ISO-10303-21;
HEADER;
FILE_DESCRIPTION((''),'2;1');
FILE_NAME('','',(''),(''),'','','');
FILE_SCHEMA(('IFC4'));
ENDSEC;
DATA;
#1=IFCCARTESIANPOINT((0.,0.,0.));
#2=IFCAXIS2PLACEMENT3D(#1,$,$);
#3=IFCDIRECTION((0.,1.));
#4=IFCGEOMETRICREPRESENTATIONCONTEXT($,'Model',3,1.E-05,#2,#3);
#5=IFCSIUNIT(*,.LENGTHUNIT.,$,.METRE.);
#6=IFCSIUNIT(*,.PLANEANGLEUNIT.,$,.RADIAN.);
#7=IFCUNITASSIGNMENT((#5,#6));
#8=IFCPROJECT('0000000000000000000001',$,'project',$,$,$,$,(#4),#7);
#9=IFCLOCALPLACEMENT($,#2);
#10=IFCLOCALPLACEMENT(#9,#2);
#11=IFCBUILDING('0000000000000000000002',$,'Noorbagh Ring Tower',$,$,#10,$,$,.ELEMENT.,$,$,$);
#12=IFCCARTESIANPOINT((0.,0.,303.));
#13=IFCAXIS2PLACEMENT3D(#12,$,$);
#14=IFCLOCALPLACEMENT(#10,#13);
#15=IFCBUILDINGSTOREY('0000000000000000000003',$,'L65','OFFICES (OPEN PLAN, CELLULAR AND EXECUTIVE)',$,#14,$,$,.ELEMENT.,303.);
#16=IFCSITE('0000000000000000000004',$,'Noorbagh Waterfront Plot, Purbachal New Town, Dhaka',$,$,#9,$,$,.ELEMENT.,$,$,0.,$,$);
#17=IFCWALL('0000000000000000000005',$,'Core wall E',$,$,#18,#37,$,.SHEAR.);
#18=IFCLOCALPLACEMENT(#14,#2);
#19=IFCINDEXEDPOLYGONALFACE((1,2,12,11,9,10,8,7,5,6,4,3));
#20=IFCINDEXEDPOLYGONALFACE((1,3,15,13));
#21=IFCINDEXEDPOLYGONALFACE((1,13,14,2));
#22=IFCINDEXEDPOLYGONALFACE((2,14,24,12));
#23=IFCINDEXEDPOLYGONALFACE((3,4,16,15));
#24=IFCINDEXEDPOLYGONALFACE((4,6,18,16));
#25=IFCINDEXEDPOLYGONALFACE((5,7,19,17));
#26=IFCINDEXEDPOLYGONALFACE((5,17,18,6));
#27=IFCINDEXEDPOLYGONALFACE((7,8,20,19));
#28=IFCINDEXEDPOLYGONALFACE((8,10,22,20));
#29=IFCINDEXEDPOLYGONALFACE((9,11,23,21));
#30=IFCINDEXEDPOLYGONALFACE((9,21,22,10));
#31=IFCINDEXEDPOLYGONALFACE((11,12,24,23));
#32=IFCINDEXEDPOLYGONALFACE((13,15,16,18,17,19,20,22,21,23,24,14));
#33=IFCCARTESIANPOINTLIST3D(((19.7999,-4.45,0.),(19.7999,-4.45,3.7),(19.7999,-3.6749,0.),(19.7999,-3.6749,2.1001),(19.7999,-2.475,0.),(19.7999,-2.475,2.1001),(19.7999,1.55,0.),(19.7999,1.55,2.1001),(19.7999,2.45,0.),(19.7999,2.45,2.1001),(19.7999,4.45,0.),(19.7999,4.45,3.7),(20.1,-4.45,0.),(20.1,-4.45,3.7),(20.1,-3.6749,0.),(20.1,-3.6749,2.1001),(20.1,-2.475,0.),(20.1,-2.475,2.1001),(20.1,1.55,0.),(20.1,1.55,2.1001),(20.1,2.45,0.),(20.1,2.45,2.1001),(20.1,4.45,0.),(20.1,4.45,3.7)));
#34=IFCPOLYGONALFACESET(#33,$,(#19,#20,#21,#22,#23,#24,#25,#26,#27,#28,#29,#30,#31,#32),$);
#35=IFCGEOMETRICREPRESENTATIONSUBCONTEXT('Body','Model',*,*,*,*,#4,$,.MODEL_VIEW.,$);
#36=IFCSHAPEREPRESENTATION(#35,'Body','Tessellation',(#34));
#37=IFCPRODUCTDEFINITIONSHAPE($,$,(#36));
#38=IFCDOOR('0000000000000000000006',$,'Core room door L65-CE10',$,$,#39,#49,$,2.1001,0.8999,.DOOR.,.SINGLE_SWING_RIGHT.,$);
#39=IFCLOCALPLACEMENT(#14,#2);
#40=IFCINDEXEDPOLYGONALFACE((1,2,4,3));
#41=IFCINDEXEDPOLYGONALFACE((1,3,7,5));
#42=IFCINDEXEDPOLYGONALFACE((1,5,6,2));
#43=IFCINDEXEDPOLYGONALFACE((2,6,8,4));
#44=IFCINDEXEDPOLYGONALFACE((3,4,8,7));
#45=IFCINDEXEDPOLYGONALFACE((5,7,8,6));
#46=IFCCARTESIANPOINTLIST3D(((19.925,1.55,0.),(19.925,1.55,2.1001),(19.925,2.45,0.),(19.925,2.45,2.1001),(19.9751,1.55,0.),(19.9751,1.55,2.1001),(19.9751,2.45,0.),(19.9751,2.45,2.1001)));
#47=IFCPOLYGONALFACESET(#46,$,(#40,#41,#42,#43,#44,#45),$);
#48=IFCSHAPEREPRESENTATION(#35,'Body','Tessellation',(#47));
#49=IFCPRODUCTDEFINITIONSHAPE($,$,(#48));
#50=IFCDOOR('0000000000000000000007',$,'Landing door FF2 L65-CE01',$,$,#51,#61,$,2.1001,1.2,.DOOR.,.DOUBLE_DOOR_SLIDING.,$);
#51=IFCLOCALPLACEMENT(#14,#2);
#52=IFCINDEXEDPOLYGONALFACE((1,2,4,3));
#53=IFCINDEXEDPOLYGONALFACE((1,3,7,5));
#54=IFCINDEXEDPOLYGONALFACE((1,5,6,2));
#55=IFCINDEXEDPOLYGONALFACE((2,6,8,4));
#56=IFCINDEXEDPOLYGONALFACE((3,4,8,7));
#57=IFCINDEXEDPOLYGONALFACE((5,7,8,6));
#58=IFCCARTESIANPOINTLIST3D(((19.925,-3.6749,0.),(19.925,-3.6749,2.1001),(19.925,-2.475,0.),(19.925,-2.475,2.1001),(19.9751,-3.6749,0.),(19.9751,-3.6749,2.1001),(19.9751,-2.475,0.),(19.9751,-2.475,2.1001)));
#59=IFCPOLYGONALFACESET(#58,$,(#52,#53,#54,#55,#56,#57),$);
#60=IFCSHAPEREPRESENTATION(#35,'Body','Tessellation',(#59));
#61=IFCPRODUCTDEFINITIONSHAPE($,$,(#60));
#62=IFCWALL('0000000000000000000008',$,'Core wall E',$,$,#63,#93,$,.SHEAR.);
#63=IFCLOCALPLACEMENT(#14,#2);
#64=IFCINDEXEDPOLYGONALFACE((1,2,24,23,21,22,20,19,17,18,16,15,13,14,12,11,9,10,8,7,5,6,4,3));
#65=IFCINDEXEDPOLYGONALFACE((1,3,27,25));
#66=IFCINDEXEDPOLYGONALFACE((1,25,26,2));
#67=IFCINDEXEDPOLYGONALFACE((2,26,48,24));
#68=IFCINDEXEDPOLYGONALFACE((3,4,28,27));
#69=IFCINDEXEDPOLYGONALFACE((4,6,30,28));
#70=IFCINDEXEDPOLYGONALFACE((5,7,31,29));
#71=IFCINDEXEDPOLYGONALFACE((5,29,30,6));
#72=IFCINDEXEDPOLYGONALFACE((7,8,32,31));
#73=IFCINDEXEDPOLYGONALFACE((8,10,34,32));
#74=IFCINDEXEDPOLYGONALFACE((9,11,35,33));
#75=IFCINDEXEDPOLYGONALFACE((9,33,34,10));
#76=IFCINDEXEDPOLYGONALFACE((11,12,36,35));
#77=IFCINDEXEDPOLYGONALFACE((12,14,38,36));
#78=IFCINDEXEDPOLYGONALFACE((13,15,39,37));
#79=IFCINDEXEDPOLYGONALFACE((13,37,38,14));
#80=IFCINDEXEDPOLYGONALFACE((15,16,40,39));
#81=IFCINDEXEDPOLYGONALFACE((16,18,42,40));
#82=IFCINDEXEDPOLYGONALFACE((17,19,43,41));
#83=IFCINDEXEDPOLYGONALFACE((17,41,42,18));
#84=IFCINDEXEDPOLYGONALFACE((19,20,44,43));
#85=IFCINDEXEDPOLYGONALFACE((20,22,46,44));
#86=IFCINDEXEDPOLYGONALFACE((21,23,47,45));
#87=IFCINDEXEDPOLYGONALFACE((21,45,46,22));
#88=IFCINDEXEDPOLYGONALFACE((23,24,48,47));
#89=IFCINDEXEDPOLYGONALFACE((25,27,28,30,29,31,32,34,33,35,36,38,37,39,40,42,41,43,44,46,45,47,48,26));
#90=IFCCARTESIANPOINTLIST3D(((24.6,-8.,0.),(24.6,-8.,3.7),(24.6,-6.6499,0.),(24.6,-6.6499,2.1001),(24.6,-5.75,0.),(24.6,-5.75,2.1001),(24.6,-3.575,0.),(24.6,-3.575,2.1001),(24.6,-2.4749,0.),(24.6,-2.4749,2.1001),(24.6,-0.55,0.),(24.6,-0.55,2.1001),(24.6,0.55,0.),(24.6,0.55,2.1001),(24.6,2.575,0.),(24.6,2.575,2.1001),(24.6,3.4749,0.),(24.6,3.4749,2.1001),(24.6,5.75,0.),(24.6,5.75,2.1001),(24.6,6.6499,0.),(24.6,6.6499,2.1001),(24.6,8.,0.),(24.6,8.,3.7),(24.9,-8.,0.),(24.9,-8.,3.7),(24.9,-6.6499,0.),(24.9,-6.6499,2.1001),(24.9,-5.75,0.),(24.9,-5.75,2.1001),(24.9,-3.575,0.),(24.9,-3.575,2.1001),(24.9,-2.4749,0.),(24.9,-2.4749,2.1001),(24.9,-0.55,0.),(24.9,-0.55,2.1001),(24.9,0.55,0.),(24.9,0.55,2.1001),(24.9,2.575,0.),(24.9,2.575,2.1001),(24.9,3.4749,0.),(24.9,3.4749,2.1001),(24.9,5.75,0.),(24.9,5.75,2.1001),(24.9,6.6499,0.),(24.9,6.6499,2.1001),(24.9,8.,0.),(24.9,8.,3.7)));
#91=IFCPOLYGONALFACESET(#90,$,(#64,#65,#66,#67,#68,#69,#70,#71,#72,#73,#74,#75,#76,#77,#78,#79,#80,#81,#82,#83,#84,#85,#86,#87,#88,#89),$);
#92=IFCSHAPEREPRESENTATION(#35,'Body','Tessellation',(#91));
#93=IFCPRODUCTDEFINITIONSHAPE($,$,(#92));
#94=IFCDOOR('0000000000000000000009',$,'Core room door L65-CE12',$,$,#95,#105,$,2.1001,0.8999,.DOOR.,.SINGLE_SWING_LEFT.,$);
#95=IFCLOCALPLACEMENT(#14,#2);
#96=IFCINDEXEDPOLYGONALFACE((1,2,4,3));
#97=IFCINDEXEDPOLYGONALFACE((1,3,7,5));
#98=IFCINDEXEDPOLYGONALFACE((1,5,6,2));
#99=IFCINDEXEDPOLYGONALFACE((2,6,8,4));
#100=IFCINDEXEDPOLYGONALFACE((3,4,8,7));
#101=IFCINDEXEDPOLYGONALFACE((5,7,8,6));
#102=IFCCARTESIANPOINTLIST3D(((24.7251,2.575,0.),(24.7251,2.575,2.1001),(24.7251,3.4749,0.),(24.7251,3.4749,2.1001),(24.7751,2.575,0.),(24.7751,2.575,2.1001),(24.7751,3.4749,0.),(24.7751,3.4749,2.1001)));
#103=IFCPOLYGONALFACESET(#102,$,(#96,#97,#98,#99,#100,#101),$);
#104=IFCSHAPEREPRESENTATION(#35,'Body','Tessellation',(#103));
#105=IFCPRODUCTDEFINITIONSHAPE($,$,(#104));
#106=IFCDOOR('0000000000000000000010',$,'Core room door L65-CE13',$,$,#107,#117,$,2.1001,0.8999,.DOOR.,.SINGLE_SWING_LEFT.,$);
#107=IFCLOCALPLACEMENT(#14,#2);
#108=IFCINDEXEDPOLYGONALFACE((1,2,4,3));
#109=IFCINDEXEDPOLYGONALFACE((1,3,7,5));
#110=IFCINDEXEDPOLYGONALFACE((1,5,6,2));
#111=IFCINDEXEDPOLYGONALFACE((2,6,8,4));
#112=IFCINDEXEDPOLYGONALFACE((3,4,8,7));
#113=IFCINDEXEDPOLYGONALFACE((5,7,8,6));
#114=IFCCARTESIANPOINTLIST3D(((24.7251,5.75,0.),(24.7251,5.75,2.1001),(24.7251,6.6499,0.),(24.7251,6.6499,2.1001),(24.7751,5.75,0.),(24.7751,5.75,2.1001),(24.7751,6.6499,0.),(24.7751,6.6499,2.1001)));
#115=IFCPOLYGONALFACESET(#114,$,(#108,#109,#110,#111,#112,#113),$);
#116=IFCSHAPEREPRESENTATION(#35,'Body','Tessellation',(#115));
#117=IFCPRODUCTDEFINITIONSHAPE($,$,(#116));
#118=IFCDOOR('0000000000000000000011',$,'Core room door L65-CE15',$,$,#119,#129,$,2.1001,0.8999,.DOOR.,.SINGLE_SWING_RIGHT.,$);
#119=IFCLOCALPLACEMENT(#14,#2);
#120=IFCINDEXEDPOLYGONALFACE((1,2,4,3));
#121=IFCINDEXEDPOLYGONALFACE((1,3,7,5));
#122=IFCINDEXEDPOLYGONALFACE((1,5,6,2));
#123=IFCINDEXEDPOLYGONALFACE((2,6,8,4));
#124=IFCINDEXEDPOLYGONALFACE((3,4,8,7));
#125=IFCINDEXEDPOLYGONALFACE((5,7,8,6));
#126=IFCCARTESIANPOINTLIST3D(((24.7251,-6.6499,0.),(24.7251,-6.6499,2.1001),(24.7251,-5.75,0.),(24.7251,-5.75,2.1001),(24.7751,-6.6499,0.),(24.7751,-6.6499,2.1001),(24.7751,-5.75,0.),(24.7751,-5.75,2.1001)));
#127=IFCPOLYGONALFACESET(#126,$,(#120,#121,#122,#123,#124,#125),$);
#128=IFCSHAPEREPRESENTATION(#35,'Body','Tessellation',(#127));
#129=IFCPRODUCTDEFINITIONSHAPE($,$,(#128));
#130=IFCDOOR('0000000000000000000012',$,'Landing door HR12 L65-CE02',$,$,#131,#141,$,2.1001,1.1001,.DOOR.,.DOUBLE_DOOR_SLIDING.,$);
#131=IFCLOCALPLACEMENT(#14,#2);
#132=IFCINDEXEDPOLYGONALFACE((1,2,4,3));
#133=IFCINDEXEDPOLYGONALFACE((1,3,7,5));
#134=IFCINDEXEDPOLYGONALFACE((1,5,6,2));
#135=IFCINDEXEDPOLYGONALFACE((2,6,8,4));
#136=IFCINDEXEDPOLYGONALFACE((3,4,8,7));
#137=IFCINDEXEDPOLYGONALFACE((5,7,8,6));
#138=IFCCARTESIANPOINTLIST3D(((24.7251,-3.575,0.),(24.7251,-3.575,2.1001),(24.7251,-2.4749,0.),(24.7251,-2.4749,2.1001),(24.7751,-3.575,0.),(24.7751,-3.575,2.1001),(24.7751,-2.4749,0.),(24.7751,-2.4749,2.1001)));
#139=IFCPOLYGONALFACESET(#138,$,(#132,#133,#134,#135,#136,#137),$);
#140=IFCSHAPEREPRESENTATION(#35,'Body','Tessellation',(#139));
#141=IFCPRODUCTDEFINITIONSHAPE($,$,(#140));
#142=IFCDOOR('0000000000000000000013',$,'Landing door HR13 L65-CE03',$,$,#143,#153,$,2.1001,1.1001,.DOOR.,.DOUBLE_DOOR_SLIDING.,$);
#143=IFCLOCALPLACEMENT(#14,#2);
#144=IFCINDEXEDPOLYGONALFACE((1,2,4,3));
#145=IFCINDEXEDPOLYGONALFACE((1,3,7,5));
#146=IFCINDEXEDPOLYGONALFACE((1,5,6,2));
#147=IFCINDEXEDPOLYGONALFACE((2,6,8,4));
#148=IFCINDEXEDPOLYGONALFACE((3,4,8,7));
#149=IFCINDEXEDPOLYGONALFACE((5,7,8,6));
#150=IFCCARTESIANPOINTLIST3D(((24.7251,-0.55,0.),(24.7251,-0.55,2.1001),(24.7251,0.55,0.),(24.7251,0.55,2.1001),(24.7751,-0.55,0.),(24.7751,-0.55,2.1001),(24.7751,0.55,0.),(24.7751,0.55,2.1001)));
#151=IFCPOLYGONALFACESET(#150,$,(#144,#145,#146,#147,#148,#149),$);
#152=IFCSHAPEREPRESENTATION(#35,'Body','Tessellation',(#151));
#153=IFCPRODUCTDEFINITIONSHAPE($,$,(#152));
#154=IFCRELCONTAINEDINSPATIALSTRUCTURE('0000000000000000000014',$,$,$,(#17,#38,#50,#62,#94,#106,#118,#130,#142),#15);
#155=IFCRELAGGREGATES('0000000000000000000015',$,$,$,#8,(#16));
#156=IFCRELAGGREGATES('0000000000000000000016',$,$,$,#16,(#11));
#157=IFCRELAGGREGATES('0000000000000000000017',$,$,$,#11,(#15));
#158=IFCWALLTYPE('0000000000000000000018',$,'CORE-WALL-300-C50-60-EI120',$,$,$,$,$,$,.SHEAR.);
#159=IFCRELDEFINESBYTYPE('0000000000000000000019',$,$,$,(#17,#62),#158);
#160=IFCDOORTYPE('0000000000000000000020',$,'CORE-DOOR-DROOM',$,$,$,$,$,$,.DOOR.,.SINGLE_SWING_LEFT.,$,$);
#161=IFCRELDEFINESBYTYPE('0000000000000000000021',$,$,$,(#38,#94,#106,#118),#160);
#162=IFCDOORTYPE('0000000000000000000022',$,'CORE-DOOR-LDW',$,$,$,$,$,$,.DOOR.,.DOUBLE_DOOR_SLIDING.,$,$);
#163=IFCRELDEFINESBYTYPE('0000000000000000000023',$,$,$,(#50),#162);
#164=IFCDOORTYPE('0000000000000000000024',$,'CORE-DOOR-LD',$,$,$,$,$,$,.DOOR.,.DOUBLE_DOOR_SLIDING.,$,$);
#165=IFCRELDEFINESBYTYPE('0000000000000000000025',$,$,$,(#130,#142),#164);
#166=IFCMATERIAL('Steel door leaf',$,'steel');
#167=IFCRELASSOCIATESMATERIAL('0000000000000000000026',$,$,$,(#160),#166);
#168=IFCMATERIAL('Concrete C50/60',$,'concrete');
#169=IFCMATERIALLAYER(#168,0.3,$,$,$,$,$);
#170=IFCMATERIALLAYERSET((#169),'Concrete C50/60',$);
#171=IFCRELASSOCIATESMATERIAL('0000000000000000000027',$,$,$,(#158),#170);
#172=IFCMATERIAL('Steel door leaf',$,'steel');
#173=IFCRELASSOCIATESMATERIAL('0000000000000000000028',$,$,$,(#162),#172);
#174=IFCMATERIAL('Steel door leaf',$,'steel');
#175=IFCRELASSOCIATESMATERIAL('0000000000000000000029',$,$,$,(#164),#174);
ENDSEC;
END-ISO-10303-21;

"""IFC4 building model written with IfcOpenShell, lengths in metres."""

from ifc_helpers import new_model, si_unit, direction, frame, frame_2d, origin, place, context, subcontext, project, spatial, rectangle, extrude, material, layer, layer_set, type_object, element, fill, save


model = new_model("IFC4")

# Units and contexts
model_context = context("Model", 3, precision=1e-05, world=origin(), true_north=direction((0.0, 1.0)))
body_context = subcontext(model_context, "Body", "Model", "MODEL_VIEW")
ifc_project = project(units=[si_unit("LENGTHUNIT", "METRE"), si_unit("PLANEANGLEUNIT", "RADIAN")], contexts=[model_context])

# Site, building, storey
site_placement = place(None, origin())
site = spatial("IfcSite", under=ifc_project, at=site_placement, Name="Noorbagh Waterfront Plot, Purbachal New Town, Dhaka", CompositionType="ELEMENT", RefElevation=0.0)
building_placement = place(site_placement, origin())
building = spatial("IfcBuilding", under=site, at=building_placement, Name="Noorbagh Ring Tower", CompositionType="ELEMENT")
storey_placement = place(building_placement, frame((0.0, 0.0, 303.0)))
storey = spatial("IfcBuildingStorey", under=building, at=storey_placement, Name="L65", Description="OFFICES (OPEN PLAN, CELLULAR AND EXECUTIVE)", CompositionType="ELEMENT", Elevation=303.0)

# Shared definitions
ifc_material_1 = material(Name="Steel door leaf", Category="steel")
door_type_1 = type_object("IfcDoorType", Name="CORE-DOOR-DROOM", OperationType="SINGLE_SWING_LEFT", PredefinedType="DOOR", material=ifc_material_1)

# Shared definitions
ifc_material_2 = material(Name="Concrete C50/60", Category="concrete")
ifc_layer_1 = layer(ifc_material_2, 0.3)
ifc_layer_set_1 = layer_set([ifc_layer_1], Name="Concrete C50/60")
wall_type_1 = type_object("IfcWallType", Name="CORE-WALL-300-C50-60-EI120", PredefinedType="SHEAR", material=ifc_layer_set_1)

# Walls, openings, doors
wall_1_placement = place(storey_placement, frame((19.95, -4.45, 0.0), z_axis=(0.0, 0.0, 1.0), x_axis=(0.0, 1.0, 0.0)))
wall_1 = element("IfcWall", 1, at=wall_1_placement, inside=storey, type_object=wall_type_1, Name="Core wall E", PredefinedType="SHEAR", context=body_context, shape_type="SweptSolid", body=[
    extrude(rectangle(XDim=8.8999, YDim=0.3, at=frame_2d((4.45, 0.0))), origin(), (0.0, 0.0, 1.0), 3.7),
])
opening_1_placement = place(wall_1_placement, frame((0.7749, 0.0, 0.0)))
opening_1 = element("IfcOpeningElement", 2, at=opening_1_placement, cuts=wall_1, PredefinedType="OPENING", context=body_context, shape_type="SweptSolid", body=[
    extrude(rectangle(XDim=1.2, YDim=2.1001, at=frame_2d((0.6001, 1.05))), frame((0.0, 0.1602, 0.0), z_axis=(0.0, -1.0, 0.0), x_axis=(1.0, 0.0, 0.0)), (0.0, 0.0, 1.0), 0.3201),
])
opening_2_placement = place(wall_1_placement, frame((6.0, 0.0, 0.0)))
opening_2 = element("IfcOpeningElement", 3, at=opening_2_placement, cuts=wall_1, PredefinedType="OPENING", context=body_context, shape_type="SweptSolid", body=[
    extrude(rectangle(XDim=0.8999, YDim=2.1001, at=frame_2d((0.45, 1.05))), frame((0.0, 0.1602, 0.0), z_axis=(0.0, -1.0, 0.0), x_axis=(1.0, 0.0, 0.0)), (0.0, 0.0, 1.0), 0.3201),
])
door_1_placement = place(opening_2_placement, origin())
door_1 = element("IfcDoor", 4, at=door_1_placement, inside=storey, type_object=door_type_1, Name="Core room door L65-CE10", OperationType="SINGLE_SWING_RIGHT", OverallHeight=2.1001, OverallWidth=0.8999, PredefinedType="DOOR", context=body_context, shape_type="SweptSolid", body=[
    extrude(rectangle(XDim=0.8999, YDim=2.1001, at=frame_2d((0.45, 1.05))), frame((0.0, 0.0249, 0.0), z_axis=(0.0, -1.0, 0.0), x_axis=(1.0, 0.0, 0.0)), (0.0, 0.0, 1.0), 0.05),
])
fill(opening_2, door_1)
ifc_material_3 = material(Name="Steel door leaf", Category="steel")
door_type_2 = type_object("IfcDoorType", Name="CORE-DOOR-LDW", OperationType="DOUBLE_DOOR_SLIDING", PredefinedType="DOOR", material=ifc_material_3)
door_2_placement = place(opening_1_placement, origin())
door_2 = element("IfcDoor", 5, at=door_2_placement, inside=storey, type_object=door_type_2, Name="Landing door FF2 L65-CE01", OperationType="DOUBLE_DOOR_SLIDING", OverallHeight=2.1001, OverallWidth=1.2, PredefinedType="DOOR", context=body_context, shape_type="SweptSolid", body=[
    extrude(rectangle(XDim=1.2, YDim=2.1001, at=frame_2d((0.6001, 1.05))), frame((0.0, 0.0249, 0.0), z_axis=(0.0, -1.0, 0.0), x_axis=(1.0, 0.0, 0.0)), (0.0, 0.0, 1.0), 0.05),
])
fill(opening_1, door_2)
wall_2_placement = place(storey_placement, frame((24.75, -8.0, 0.0), z_axis=(0.0, 0.0, 1.0), x_axis=(0.0, 1.0, 0.0)))
wall_2 = element("IfcWall", 6, at=wall_2_placement, inside=storey, type_object=wall_type_1, Name="Core wall E", PredefinedType="SHEAR", context=body_context, shape_type="SweptSolid", body=[
    extrude(rectangle(XDim=16.0, YDim=0.3, at=frame_2d((8.0, 0.0))), origin(), (0.0, 0.0, 1.0), 3.7),
])
opening_3_placement = place(wall_2_placement, frame((4.425, 0.0, 0.0)))
opening_3 = element("IfcOpeningElement", 7, at=opening_3_placement, cuts=wall_2, PredefinedType="OPENING", context=body_context, shape_type="SweptSolid", body=[
    extrude(rectangle(XDim=1.1001, YDim=2.1001, at=frame_2d((0.55, 1.05))), frame((0.0, 0.1602, 0.0), z_axis=(0.0, -1.0, 0.0), x_axis=(1.0, 0.0, 0.0)), (0.0, 0.0, 1.0), 0.3201),
])
opening_4_placement = place(wall_2_placement, frame((7.45, 0.0, 0.0)))
opening_4 = element("IfcOpeningElement", 8, at=opening_4_placement, cuts=wall_2, PredefinedType="OPENING", context=body_context, shape_type="SweptSolid", body=[
    extrude(rectangle(XDim=1.1001, YDim=2.1001, at=frame_2d((0.55, 1.05))), frame((0.0, 0.1602, 0.0), z_axis=(0.0, -1.0, 0.0), x_axis=(1.0, 0.0, 0.0)), (0.0, 0.0, 1.0), 0.3201),
])
opening_5_placement = place(wall_2_placement, frame((10.575, 0.0, 0.0)))
opening_5 = element("IfcOpeningElement", 9, at=opening_5_placement, cuts=wall_2, PredefinedType="OPENING", context=body_context, shape_type="SweptSolid", body=[
    extrude(rectangle(XDim=0.8999, YDim=2.1001, at=frame_2d((0.45, 1.05))), frame((0.0, 0.1602, 0.0), z_axis=(0.0, -1.0, 0.0), x_axis=(1.0, 0.0, 0.0)), (0.0, 0.0, 1.0), 0.3201),
])
opening_6_placement = place(wall_2_placement, frame((13.75, 0.0, 0.0)))
opening_6 = element("IfcOpeningElement", 10, at=opening_6_placement, cuts=wall_2, PredefinedType="OPENING", context=body_context, shape_type="SweptSolid", body=[
    extrude(rectangle(XDim=0.8999, YDim=2.1001, at=frame_2d((0.45, 1.05))), frame((0.0, 0.1602, 0.0), z_axis=(0.0, -1.0, 0.0), x_axis=(1.0, 0.0, 0.0)), (0.0, 0.0, 1.0), 0.3201),
])
opening_7_placement = place(wall_2_placement, frame((1.3501, 0.0, 0.0)))
opening_7 = element("IfcOpeningElement", 11, at=opening_7_placement, cuts=wall_2, PredefinedType="OPENING", context=body_context, shape_type="SweptSolid", body=[
    extrude(rectangle(XDim=0.8999, YDim=2.1001, at=frame_2d((0.45, 1.05))), frame((0.0, 0.1602, 0.0), z_axis=(0.0, -1.0, 0.0), x_axis=(1.0, 0.0, 0.0)), (0.0, 0.0, 1.0), 0.3201),
])
door_3_placement = place(opening_5_placement, origin())
door_3 = element("IfcDoor", 12, at=door_3_placement, inside=storey, type_object=door_type_1, Name="Core room door L65-CE12", OperationType="SINGLE_SWING_LEFT", OverallHeight=2.1001, OverallWidth=0.8999, PredefinedType="DOOR", context=body_context, shape_type="SweptSolid", body=[
    extrude(rectangle(XDim=0.8999, YDim=2.1001, at=frame_2d((0.45, 1.05))), frame((0.0, 0.0249, 0.0), z_axis=(0.0, -1.0, 0.0), x_axis=(1.0, 0.0, 0.0)), (0.0, 0.0, 1.0), 0.05),
])
fill(opening_5, door_3)
door_4_placement = place(opening_6_placement, origin())
door_4 = element("IfcDoor", 13, at=door_4_placement, inside=storey, type_object=door_type_1, Name="Core room door L65-CE13", OperationType="SINGLE_SWING_LEFT", OverallHeight=2.1001, OverallWidth=0.8999, PredefinedType="DOOR", context=body_context, shape_type="SweptSolid", body=[
    extrude(rectangle(XDim=0.8999, YDim=2.1001, at=frame_2d((0.45, 1.05))), frame((0.0, 0.0249, 0.0), z_axis=(0.0, -1.0, 0.0), x_axis=(1.0, 0.0, 0.0)), (0.0, 0.0, 1.0), 0.05),
])
fill(opening_6, door_4)
door_5_placement = place(opening_7_placement, origin())
door_5 = element("IfcDoor", 14, at=door_5_placement, inside=storey, type_object=door_type_1, Name="Core room door L65-CE15", OperationType="SINGLE_SWING_RIGHT", OverallHeight=2.1001, OverallWidth=0.8999, PredefinedType="DOOR", context=body_context, shape_type="SweptSolid", body=[
    extrude(rectangle(XDim=0.8999, YDim=2.1001, at=frame_2d((0.45, 1.05))), frame((0.0, 0.0249, 0.0), z_axis=(0.0, -1.0, 0.0), x_axis=(1.0, 0.0, 0.0)), (0.0, 0.0, 1.0), 0.05),
])
fill(opening_7, door_5)
ifc_material_4 = material(Name="Steel door leaf", Category="steel")
door_type_3 = type_object("IfcDoorType", Name="CORE-DOOR-LD", OperationType="DOUBLE_DOOR_SLIDING", PredefinedType="DOOR", material=ifc_material_4)
door_6_placement = place(opening_3_placement, origin())
door_6 = element("IfcDoor", 15, at=door_6_placement, inside=storey, type_object=door_type_3, Name="Landing door HR12 L65-CE02", OperationType="DOUBLE_DOOR_SLIDING", OverallHeight=2.1001, OverallWidth=1.1001, PredefinedType="DOOR", context=body_context, shape_type="SweptSolid", body=[
    extrude(rectangle(XDim=1.1001, YDim=2.1001, at=frame_2d((0.55, 1.05))), frame((0.0, 0.0249, 0.0), z_axis=(0.0, -1.0, 0.0), x_axis=(1.0, 0.0, 0.0)), (0.0, 0.0, 1.0), 0.05),
])
fill(opening_3, door_6)
door_7_placement = place(opening_4_placement, origin())
door_7 = element("IfcDoor", 16, at=door_7_placement, inside=storey, type_object=door_type_3, Name="Landing door HR13 L65-CE03", OperationType="DOUBLE_DOOR_SLIDING", OverallHeight=2.1001, OverallWidth=1.1001, PredefinedType="DOOR", context=body_context, shape_type="SweptSolid", body=[
    extrude(rectangle(XDim=1.1001, YDim=2.1001, at=frame_2d((0.55, 1.05))), frame((0.0, 0.0249, 0.0), z_axis=(0.0, -1.0, 0.0), x_axis=(1.0, 0.0, 0.0)), (0.0, 0.0, 1.0), 0.05),
])
fill(opening_4, door_7)

save(model, "model.ifc")
